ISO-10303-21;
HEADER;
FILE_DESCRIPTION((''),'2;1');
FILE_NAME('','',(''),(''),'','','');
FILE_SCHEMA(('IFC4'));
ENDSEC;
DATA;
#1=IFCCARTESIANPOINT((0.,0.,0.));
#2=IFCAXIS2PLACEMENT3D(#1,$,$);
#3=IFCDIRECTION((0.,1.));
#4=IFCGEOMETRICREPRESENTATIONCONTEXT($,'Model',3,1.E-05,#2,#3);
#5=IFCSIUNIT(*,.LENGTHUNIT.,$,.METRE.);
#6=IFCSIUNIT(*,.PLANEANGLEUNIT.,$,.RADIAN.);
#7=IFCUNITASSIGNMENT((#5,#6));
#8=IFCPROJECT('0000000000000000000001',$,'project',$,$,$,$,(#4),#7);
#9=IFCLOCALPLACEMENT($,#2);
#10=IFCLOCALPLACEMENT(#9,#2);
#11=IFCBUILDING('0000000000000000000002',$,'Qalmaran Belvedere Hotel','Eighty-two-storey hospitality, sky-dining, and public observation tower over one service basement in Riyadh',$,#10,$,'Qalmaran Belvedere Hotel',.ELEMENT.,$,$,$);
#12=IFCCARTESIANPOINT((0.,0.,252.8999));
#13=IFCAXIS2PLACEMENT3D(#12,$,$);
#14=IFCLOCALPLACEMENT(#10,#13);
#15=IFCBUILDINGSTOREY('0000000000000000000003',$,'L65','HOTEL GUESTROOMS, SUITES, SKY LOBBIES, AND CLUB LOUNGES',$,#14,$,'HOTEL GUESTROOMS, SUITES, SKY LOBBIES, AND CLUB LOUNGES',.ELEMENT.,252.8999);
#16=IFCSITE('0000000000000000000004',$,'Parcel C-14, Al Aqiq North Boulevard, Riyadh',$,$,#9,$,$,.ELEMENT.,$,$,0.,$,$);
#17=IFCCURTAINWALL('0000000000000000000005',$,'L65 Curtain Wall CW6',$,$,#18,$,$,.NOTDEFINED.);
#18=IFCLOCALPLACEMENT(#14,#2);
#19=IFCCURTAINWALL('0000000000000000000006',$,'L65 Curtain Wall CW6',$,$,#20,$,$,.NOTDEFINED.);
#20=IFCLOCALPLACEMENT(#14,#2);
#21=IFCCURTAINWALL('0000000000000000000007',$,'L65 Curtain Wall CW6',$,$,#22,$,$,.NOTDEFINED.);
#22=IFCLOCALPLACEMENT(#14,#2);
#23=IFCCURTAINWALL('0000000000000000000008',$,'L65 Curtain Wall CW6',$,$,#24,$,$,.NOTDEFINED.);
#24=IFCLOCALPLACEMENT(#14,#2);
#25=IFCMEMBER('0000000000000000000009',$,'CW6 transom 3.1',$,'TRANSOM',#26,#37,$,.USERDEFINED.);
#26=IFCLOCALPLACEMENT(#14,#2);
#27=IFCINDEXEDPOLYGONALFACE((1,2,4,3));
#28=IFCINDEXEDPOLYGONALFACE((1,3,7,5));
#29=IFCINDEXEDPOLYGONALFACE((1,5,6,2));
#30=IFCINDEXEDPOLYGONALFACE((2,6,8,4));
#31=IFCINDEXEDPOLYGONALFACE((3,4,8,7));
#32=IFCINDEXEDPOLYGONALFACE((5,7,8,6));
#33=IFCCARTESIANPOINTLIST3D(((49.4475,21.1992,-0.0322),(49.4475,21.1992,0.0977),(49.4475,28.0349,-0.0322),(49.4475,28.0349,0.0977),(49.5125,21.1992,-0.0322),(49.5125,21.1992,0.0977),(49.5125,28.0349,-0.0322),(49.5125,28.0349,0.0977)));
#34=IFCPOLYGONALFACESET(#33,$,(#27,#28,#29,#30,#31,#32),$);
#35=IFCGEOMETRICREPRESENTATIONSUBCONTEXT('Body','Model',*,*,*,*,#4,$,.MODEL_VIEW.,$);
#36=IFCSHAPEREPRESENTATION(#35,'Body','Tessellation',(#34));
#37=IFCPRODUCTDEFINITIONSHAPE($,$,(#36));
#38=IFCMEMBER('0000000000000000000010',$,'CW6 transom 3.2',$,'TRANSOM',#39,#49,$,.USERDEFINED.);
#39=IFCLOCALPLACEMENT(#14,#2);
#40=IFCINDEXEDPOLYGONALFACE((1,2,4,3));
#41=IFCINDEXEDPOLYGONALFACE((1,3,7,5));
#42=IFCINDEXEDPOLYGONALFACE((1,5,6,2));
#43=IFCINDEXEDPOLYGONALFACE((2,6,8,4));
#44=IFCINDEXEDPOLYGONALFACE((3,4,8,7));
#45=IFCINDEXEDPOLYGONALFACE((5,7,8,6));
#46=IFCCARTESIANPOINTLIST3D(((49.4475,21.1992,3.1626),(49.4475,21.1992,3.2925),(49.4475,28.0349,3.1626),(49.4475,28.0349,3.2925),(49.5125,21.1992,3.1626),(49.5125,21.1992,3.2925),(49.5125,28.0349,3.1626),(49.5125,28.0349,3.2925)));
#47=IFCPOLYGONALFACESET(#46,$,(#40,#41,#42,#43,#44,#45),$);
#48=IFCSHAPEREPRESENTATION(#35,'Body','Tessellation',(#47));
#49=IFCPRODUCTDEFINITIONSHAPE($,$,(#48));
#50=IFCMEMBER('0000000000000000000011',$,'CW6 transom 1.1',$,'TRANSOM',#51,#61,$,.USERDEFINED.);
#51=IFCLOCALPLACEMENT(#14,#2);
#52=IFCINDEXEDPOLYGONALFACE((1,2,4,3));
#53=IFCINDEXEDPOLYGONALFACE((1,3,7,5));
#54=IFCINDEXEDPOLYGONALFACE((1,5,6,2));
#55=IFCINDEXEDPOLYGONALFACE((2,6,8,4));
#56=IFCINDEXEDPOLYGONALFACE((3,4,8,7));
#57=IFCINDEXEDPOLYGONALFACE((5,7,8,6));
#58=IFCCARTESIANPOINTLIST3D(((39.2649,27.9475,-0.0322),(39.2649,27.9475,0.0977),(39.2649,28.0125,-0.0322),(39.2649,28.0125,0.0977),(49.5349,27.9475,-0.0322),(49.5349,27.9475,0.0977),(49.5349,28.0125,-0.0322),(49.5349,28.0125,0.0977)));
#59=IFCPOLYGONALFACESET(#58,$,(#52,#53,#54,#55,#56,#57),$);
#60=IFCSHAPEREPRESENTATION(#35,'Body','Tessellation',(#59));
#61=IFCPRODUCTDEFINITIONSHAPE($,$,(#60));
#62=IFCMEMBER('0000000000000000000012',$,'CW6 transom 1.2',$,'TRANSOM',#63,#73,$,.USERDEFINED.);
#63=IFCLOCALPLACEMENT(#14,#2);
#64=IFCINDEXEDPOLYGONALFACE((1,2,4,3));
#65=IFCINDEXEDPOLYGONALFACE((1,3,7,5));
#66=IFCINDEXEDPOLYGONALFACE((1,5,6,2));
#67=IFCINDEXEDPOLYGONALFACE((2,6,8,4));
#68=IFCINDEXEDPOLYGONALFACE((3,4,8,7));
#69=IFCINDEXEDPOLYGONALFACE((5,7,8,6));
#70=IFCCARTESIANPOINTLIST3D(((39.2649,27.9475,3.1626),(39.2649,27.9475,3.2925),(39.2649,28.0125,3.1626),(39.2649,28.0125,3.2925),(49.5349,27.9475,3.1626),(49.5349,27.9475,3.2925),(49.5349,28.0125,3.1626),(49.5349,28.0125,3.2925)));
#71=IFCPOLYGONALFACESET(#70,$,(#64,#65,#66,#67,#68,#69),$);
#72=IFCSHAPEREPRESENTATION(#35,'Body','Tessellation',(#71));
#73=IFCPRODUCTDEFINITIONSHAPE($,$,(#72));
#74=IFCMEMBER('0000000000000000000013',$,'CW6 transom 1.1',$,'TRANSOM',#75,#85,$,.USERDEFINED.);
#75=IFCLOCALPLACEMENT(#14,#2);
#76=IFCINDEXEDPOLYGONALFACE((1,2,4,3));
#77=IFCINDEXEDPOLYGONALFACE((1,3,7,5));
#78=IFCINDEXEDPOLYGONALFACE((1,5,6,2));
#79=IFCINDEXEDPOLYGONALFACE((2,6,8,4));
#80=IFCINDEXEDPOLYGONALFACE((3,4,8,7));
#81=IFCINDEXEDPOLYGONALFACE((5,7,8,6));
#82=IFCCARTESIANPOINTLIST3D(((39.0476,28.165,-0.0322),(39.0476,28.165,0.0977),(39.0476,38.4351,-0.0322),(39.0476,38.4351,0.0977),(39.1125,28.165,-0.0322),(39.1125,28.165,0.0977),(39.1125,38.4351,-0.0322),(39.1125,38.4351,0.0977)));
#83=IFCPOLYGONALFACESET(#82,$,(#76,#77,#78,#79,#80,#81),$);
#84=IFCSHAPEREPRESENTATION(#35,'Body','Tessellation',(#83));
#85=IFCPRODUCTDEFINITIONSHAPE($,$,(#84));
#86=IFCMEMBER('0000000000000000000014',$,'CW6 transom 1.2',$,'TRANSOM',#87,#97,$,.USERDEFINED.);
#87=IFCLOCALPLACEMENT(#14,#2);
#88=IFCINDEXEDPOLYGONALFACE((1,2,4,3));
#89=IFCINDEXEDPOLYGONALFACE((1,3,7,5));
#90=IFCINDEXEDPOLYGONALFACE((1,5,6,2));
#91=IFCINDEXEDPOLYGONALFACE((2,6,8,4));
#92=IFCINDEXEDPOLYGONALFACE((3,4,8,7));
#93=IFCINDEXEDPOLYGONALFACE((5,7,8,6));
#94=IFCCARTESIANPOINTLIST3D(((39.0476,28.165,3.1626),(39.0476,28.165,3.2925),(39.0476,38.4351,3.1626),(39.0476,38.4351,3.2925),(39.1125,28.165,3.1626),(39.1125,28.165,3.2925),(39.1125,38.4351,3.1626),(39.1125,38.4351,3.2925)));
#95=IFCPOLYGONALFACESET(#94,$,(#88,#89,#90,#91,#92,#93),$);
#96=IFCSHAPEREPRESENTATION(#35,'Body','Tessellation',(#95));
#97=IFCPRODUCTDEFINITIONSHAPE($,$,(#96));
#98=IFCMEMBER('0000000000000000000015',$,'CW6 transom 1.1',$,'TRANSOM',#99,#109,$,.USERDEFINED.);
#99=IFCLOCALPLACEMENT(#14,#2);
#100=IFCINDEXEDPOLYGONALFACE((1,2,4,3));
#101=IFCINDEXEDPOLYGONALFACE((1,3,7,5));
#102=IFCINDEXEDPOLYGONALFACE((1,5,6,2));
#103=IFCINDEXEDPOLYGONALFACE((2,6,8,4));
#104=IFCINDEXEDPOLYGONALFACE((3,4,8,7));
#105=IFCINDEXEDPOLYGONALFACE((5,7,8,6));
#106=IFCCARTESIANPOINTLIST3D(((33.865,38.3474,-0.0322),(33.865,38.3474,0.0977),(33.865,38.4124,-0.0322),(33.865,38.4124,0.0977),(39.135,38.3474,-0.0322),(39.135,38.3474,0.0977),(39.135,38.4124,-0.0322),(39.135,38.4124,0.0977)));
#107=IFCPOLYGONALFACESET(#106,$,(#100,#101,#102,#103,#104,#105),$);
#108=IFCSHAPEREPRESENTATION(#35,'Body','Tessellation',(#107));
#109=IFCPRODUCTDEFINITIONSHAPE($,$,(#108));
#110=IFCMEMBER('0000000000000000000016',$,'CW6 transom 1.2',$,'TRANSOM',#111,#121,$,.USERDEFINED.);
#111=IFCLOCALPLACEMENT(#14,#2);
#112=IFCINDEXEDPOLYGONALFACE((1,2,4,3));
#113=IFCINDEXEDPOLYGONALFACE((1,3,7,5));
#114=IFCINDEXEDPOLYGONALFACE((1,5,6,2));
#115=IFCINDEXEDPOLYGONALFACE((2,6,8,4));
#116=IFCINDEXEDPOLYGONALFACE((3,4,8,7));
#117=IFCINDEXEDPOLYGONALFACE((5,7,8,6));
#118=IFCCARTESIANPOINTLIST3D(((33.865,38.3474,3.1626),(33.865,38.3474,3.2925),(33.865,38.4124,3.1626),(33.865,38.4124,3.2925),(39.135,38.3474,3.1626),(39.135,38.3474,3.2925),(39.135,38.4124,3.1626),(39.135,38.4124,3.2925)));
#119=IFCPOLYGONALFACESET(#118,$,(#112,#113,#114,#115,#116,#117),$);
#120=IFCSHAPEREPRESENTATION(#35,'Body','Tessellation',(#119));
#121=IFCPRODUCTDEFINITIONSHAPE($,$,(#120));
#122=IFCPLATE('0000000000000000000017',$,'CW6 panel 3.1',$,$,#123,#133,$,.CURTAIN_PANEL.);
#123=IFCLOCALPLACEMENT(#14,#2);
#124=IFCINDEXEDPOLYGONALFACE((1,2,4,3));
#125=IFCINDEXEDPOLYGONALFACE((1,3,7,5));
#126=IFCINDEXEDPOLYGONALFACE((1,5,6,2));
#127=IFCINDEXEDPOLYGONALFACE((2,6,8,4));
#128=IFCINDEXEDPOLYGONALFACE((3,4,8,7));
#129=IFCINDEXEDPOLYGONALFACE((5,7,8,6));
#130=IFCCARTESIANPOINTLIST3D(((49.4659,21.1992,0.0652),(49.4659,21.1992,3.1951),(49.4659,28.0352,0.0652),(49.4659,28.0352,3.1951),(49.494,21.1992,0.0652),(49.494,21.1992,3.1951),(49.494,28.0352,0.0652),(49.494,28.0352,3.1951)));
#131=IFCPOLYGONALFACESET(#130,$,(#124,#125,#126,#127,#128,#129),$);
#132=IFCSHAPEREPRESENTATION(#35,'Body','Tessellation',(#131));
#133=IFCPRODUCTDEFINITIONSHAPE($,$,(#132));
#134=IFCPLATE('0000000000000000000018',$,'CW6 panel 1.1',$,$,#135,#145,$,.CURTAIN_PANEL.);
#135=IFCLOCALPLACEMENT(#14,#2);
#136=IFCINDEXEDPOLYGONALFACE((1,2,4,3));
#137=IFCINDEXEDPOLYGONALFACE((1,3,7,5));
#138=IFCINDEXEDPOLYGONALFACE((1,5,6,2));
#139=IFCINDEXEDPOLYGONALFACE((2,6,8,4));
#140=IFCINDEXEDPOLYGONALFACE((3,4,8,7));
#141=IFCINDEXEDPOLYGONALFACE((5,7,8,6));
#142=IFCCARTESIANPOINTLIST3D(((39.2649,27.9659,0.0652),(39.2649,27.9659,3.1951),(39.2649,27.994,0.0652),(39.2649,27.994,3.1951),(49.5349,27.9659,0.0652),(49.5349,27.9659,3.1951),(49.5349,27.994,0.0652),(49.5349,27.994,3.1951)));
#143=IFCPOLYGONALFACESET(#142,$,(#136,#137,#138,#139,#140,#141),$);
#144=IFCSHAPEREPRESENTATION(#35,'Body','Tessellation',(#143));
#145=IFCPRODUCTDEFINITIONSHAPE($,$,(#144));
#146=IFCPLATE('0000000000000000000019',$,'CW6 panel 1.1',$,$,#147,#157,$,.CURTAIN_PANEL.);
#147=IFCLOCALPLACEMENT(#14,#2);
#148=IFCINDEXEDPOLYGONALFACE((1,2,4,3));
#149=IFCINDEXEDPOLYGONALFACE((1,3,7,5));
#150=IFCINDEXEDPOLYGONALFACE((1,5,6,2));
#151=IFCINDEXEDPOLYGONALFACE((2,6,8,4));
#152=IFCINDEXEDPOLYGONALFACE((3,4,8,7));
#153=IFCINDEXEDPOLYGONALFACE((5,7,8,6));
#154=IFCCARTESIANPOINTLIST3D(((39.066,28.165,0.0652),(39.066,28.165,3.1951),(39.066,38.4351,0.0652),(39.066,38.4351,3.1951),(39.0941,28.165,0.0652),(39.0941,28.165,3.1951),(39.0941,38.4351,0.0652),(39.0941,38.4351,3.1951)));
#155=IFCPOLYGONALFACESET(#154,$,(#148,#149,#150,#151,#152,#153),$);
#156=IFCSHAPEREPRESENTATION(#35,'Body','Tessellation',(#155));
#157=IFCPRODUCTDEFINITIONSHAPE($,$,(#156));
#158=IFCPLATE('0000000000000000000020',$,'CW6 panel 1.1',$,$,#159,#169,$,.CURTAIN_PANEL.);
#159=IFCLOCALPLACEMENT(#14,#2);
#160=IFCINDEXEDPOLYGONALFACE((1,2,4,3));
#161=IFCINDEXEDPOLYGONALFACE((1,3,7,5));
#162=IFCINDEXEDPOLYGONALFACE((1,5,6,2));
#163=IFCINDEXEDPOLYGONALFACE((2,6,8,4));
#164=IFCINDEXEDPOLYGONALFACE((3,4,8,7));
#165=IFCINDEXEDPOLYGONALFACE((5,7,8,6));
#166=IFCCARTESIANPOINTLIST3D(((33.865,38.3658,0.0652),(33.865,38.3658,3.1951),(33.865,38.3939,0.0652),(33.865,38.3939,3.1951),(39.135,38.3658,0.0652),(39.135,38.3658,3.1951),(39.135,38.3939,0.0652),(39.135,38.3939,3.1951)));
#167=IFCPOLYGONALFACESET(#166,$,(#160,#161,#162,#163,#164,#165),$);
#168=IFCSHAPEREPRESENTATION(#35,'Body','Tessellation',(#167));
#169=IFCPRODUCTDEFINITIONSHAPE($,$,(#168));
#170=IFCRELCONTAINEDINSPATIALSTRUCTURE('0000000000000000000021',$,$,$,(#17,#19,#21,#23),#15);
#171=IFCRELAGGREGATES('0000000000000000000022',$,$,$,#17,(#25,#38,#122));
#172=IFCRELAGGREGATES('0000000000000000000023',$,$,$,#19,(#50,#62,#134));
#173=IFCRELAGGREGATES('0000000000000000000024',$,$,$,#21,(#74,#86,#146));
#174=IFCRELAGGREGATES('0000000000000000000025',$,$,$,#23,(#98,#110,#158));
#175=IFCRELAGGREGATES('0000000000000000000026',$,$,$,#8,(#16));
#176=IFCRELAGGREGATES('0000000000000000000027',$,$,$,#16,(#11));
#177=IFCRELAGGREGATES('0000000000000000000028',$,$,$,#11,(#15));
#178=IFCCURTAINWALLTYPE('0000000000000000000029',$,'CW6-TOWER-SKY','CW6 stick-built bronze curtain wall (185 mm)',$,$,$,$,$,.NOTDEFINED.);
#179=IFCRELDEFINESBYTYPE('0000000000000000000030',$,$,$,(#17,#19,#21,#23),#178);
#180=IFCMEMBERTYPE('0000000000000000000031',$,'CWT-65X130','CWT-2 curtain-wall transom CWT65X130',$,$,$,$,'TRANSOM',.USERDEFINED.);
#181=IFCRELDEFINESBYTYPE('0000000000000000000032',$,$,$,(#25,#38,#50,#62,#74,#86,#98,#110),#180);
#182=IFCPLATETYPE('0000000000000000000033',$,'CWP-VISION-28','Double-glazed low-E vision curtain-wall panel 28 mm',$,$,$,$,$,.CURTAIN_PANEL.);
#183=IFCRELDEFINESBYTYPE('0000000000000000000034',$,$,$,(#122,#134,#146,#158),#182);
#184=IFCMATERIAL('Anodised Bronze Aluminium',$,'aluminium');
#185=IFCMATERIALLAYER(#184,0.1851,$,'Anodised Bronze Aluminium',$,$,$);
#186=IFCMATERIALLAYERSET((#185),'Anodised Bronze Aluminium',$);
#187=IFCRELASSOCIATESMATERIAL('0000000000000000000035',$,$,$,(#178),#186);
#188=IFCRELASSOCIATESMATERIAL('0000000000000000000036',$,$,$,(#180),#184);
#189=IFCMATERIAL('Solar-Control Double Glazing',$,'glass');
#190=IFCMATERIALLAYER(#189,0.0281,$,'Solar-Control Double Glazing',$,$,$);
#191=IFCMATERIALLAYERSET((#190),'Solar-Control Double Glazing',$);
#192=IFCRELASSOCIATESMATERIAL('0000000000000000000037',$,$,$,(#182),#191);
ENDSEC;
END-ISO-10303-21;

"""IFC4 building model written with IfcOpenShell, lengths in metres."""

from ifc_helpers import new_model, si_unit, direction, frame, origin, origin_2d, place, context, subcontext, project, spatial, rectangle, extrude, material, layer, layer_set, material_profile, profile_set, type_object, element, aggregate, save


model = new_model("IFC4")

# Units and contexts
model_context = context("Model", 3, precision=1e-05, world=origin(), true_north=direction((0.0, 1.0)))
body_context = subcontext(model_context, "Body", "Model", "MODEL_VIEW")
ifc_project = project(units=[si_unit("LENGTHUNIT", "METRE"), si_unit("PLANEANGLEUNIT", "RADIAN")], contexts=[model_context])

# Site, building, storey
site_placement = place(None, origin())
site = spatial("IfcSite", under=ifc_project, at=site_placement, Name="Parcel C-14, Al Aqiq North Boulevard, Riyadh", CompositionType="ELEMENT", RefElevation=0.0)
building_placement = place(site_placement, origin())
building = spatial("IfcBuilding", under=site, at=building_placement, Name="Qalmaran Belvedere Hotel", Description="Eighty-two-storey hospitality, sky-dining, and public observation tower over one service basement in Riyadh", LongName="Qalmaran Belvedere Hotel", CompositionType="ELEMENT")
storey_placement = place(building_placement, frame((0.0, 0.0, 252.8999)))
storey = spatial("IfcBuildingStorey", under=building, at=storey_placement, Name="L65", Description="HOTEL GUESTROOMS, SUITES, SKY LOBBIES, AND CLUB LOUNGES", LongName="HOTEL GUESTROOMS, SUITES, SKY LOBBIES, AND CLUB LOUNGES", CompositionType="ELEMENT", Elevation=252.8999)

# Curtain walls
ifc_material_1 = material(Name="Anodised Bronze Aluminium", Category="aluminium")
ifc_layer_1 = layer(ifc_material_1, 0.1851, Name="Anodised Bronze Aluminium")
ifc_layer_set_1 = layer_set([ifc_layer_1], Name="Anodised Bronze Aluminium")
curtain_wall_type = type_object("IfcCurtainWallType", Name="CW6-TOWER-SKY", Description="CW6 stick-built bronze curtain wall (185 mm)", PredefinedType="NOTDEFINED", material=ifc_layer_set_1)
curtain_wall_1_placement = place(storey_placement, origin())
curtain_wall_1 = element("IfcCurtainWall", 1, at=curtain_wall_1_placement, inside=storey, type_object=curtain_wall_type, Name="L65 Curtain Wall CW6", PredefinedType="NOTDEFINED")
curtain_wall_2_placement = place(storey_placement, origin())
curtain_wall_2 = element("IfcCurtainWall", 2, at=curtain_wall_2_placement, inside=storey, type_object=curtain_wall_type, Name="L65 Curtain Wall CW6", PredefinedType="NOTDEFINED")
curtain_wall_3_placement = place(storey_placement, origin())
curtain_wall_3 = element("IfcCurtainWall", 3, at=curtain_wall_3_placement, inside=storey, type_object=curtain_wall_type, Name="L65 Curtain Wall CW6", PredefinedType="NOTDEFINED")

# Curtain wall
curtain_wall_4_placement = place(storey_placement, origin())
curtain_wall_4 = element("IfcCurtainWall", 4, at=curtain_wall_4_placement, inside=storey, type_object=curtain_wall_type, Name="L65 Curtain Wall CW6", PredefinedType="NOTDEFINED")

# Members
ifc_material_profile_1 = material_profile(ifc_material_1, rectangle(XDim=0.0649, YDim=0.1299, at=origin_2d()), Name="CWT65X130")
ifc_profile_set_1 = profile_set([ifc_material_profile_1], Name="Anodised Bronze Aluminium")
member_type_1 = type_object("IfcMemberType", Name="CWT-65X130", Description="CWT-2 curtain-wall transom CWT65X130", ElementType="TRANSOM", PredefinedType="USERDEFINED", material=ifc_profile_set_1)
member_1_placement = place(storey_placement, frame((49.48, 21.1992, 0.0327), z_axis=(0.0, 1.0, 0.0), x_axis=(-1.0, 0.0, 0.0)))
member_1 = element("IfcMember", 5, at=member_1_placement, type_object=member_type_1, Name="CW6 transom 3.1", ObjectType="TRANSOM", PredefinedType="USERDEFINED", context=body_context, shape_type="SweptSolid", body=[
    extrude(rectangle(XDim=0.0649, YDim=0.1299, at=origin_2d()), origin(), (0.0, 0.0, 1.0), 6.8357),
])
member_2_placement = place(storey_placement, frame((49.48, 21.1992, 3.2275), z_axis=(0.0, 1.0, 0.0), x_axis=(-1.0, 0.0, 0.0)))
member_2 = element("IfcMember", 6, at=member_2_placement, type_object=member_type_1, Name="CW6 transom 3.2", ObjectType="TRANSOM", PredefinedType="USERDEFINED", context=body_context, shape_type="SweptSolid", body=[
    extrude(rectangle(XDim=0.0649, YDim=0.1299, at=origin_2d()), origin(), (0.0, 0.0, 1.0), 6.8357),
])
member_3_placement = place(storey_placement, frame((49.5349, 27.98, 0.0327), z_axis=(-1.0, 0.0, 0.0), x_axis=(0.0, -1.0, 0.0)))
member_3 = element("IfcMember", 7, at=member_3_placement, type_object=member_type_1, Name="CW6 transom 1.1", ObjectType="TRANSOM", PredefinedType="USERDEFINED", context=body_context, shape_type="SweptSolid", body=[
    extrude(rectangle(XDim=0.0649, YDim=0.1299, at=origin_2d()), origin(), (0.0, 0.0, 1.0), 10.27),
])
member_4_placement = place(storey_placement, frame((49.5349, 27.98, 3.2275), z_axis=(-1.0, 0.0, 0.0), x_axis=(0.0, -1.0, 0.0)))
member_4 = element("IfcMember", 8, at=member_4_placement, type_object=member_type_1, Name="CW6 transom 1.2", ObjectType="TRANSOM", PredefinedType="USERDEFINED", context=body_context, shape_type="SweptSolid", body=[
    extrude(rectangle(XDim=0.0649, YDim=0.1299, at=origin_2d()), origin(), (0.0, 0.0, 1.0), 10.27),
])
member_5_placement = place(storey_placement, frame((39.0801, 28.165, 0.0327), z_axis=(0.0, 1.0, 0.0), x_axis=(-1.0, 0.0, 0.0)))
member_5 = element("IfcMember", 9, at=member_5_placement, type_object=member_type_1, Name="CW6 transom 1.1", ObjectType="TRANSOM", PredefinedType="USERDEFINED", context=body_context, shape_type="SweptSolid", body=[
    extrude(rectangle(XDim=0.0649, YDim=0.1299, at=origin_2d()), origin(), (0.0, 0.0, 1.0), 10.27),
])
member_6_placement = place(storey_placement, frame((39.0801, 28.165, 3.2275), z_axis=(0.0, 1.0, 0.0), x_axis=(-1.0, 0.0, 0.0)))
member_6 = element("IfcMember", 10, at=member_6_placement, type_object=member_type_1, Name="CW6 transom 1.2", ObjectType="TRANSOM", PredefinedType="USERDEFINED", context=body_context, shape_type="SweptSolid", body=[
    extrude(rectangle(XDim=0.0649, YDim=0.1299, at=origin_2d()), origin(), (0.0, 0.0, 1.0), 10.27),
])
member_7_placement = place(storey_placement, frame((39.135, 38.3799, 0.0327), z_axis=(-1.0, 0.0, 0.0), x_axis=(0.0, -1.0, 0.0)))
member_7 = element("IfcMember", 11, at=member_7_placement, type_object=member_type_1, Name="CW6 transom 1.1", ObjectType="TRANSOM", PredefinedType="USERDEFINED", context=body_context, shape_type="SweptSolid", body=[
    extrude(rectangle(XDim=0.0649, YDim=0.1299, at=origin_2d()), origin(), (0.0, 0.0, 1.0), 5.27),
])
member_8_placement = place(storey_placement, frame((39.135, 38.3799, 3.2275), z_axis=(-1.0, 0.0, 0.0), x_axis=(0.0, -1.0, 0.0)))
member_8 = element("IfcMember", 12, at=member_8_placement, type_object=member_type_1, Name="CW6 transom 1.2", ObjectType="TRANSOM", PredefinedType="USERDEFINED", context=body_context, shape_type="SweptSolid", body=[
    extrude(rectangle(XDim=0.0649, YDim=0.1299, at=origin_2d()), origin(), (0.0, 0.0, 1.0), 5.27),
])

# Plates
ifc_material_2 = material(Name="Solar-Control Double Glazing", Category="glass")
ifc_layer_2 = layer(ifc_material_2, 0.0281, Name="Solar-Control Double Glazing")
ifc_layer_set_2 = layer_set([ifc_layer_2], Name="Solar-Control Double Glazing")
plate_type = type_object("IfcPlateType", Name="CWP-VISION-28", Description="Double-glazed low-E vision curtain-wall panel 28 mm", PredefinedType="CURTAIN_PANEL", material=ifc_layer_set_2)
plate_1_placement = place(storey_placement, frame((49.48, 24.6172, 0.0652), z_axis=(0.0, 0.0, 1.0), x_axis=(0.0, 1.0, 0.0)))
plate_1 = element("IfcPlate", 13, at=plate_1_placement, type_object=plate_type, Name="CW6 panel 3.1", PredefinedType="CURTAIN_PANEL", context=body_context, shape_type="SweptSolid", body=[
    extrude(rectangle(XDim=6.8359, YDim=0.0281, at=origin_2d()), origin(), (0.0, 0.0, 1.0), 3.1299),
])
aggregate(curtain_wall_1, [member_1, member_2, plate_1])
plate_2_placement = place(storey_placement, frame((44.3999, 27.98, 0.0652), z_axis=(0.0, 0.0, 1.0), x_axis=(-1.0, 0.0, 0.0)))
plate_2 = element("IfcPlate", 14, at=plate_2_placement, type_object=plate_type, Name="CW6 panel 1.1", PredefinedType="CURTAIN_PANEL", context=body_context, shape_type="SweptSolid", body=[
    extrude(rectangle(XDim=10.27, YDim=0.0281, at=origin_2d()), origin(), (0.0, 0.0, 1.0), 3.1299),
])
aggregate(curtain_wall_2, [member_3, member_4, plate_2])
plate_3_placement = place(storey_placement, frame((39.0801, 33.3, 0.0652), z_axis=(0.0, 0.0, 1.0), x_axis=(0.0, 1.0, 0.0)))
plate_3 = element("IfcPlate", 15, at=plate_3_placement, type_object=plate_type, Name="CW6 panel 1.1", PredefinedType="CURTAIN_PANEL", context=body_context, shape_type="SweptSolid", body=[
    extrude(rectangle(XDim=10.27, YDim=0.0281, at=origin_2d()), origin(), (0.0, 0.0, 1.0), 3.1299),
])
aggregate(curtain_wall_3, [member_5, member_6, plate_3])
plate_4_placement = place(storey_placement, frame((36.5, 38.3799, 0.0652), z_axis=(0.0, 0.0, 1.0), x_axis=(-1.0, 0.0, 0.0)))
plate_4 = element("IfcPlate", 16, at=plate_4_placement, type_object=plate_type, Name="CW6 panel 1.1", PredefinedType="CURTAIN_PANEL", context=body_context, shape_type="SweptSolid", body=[
    extrude(rectangle(XDim=5.27, YDim=0.0281, at=origin_2d()), origin(), (0.0, 0.0, 1.0), 3.1299),
])
aggregate(curtain_wall_4, [member_7, member_8, plate_4])

save(model, "model.ifc")
